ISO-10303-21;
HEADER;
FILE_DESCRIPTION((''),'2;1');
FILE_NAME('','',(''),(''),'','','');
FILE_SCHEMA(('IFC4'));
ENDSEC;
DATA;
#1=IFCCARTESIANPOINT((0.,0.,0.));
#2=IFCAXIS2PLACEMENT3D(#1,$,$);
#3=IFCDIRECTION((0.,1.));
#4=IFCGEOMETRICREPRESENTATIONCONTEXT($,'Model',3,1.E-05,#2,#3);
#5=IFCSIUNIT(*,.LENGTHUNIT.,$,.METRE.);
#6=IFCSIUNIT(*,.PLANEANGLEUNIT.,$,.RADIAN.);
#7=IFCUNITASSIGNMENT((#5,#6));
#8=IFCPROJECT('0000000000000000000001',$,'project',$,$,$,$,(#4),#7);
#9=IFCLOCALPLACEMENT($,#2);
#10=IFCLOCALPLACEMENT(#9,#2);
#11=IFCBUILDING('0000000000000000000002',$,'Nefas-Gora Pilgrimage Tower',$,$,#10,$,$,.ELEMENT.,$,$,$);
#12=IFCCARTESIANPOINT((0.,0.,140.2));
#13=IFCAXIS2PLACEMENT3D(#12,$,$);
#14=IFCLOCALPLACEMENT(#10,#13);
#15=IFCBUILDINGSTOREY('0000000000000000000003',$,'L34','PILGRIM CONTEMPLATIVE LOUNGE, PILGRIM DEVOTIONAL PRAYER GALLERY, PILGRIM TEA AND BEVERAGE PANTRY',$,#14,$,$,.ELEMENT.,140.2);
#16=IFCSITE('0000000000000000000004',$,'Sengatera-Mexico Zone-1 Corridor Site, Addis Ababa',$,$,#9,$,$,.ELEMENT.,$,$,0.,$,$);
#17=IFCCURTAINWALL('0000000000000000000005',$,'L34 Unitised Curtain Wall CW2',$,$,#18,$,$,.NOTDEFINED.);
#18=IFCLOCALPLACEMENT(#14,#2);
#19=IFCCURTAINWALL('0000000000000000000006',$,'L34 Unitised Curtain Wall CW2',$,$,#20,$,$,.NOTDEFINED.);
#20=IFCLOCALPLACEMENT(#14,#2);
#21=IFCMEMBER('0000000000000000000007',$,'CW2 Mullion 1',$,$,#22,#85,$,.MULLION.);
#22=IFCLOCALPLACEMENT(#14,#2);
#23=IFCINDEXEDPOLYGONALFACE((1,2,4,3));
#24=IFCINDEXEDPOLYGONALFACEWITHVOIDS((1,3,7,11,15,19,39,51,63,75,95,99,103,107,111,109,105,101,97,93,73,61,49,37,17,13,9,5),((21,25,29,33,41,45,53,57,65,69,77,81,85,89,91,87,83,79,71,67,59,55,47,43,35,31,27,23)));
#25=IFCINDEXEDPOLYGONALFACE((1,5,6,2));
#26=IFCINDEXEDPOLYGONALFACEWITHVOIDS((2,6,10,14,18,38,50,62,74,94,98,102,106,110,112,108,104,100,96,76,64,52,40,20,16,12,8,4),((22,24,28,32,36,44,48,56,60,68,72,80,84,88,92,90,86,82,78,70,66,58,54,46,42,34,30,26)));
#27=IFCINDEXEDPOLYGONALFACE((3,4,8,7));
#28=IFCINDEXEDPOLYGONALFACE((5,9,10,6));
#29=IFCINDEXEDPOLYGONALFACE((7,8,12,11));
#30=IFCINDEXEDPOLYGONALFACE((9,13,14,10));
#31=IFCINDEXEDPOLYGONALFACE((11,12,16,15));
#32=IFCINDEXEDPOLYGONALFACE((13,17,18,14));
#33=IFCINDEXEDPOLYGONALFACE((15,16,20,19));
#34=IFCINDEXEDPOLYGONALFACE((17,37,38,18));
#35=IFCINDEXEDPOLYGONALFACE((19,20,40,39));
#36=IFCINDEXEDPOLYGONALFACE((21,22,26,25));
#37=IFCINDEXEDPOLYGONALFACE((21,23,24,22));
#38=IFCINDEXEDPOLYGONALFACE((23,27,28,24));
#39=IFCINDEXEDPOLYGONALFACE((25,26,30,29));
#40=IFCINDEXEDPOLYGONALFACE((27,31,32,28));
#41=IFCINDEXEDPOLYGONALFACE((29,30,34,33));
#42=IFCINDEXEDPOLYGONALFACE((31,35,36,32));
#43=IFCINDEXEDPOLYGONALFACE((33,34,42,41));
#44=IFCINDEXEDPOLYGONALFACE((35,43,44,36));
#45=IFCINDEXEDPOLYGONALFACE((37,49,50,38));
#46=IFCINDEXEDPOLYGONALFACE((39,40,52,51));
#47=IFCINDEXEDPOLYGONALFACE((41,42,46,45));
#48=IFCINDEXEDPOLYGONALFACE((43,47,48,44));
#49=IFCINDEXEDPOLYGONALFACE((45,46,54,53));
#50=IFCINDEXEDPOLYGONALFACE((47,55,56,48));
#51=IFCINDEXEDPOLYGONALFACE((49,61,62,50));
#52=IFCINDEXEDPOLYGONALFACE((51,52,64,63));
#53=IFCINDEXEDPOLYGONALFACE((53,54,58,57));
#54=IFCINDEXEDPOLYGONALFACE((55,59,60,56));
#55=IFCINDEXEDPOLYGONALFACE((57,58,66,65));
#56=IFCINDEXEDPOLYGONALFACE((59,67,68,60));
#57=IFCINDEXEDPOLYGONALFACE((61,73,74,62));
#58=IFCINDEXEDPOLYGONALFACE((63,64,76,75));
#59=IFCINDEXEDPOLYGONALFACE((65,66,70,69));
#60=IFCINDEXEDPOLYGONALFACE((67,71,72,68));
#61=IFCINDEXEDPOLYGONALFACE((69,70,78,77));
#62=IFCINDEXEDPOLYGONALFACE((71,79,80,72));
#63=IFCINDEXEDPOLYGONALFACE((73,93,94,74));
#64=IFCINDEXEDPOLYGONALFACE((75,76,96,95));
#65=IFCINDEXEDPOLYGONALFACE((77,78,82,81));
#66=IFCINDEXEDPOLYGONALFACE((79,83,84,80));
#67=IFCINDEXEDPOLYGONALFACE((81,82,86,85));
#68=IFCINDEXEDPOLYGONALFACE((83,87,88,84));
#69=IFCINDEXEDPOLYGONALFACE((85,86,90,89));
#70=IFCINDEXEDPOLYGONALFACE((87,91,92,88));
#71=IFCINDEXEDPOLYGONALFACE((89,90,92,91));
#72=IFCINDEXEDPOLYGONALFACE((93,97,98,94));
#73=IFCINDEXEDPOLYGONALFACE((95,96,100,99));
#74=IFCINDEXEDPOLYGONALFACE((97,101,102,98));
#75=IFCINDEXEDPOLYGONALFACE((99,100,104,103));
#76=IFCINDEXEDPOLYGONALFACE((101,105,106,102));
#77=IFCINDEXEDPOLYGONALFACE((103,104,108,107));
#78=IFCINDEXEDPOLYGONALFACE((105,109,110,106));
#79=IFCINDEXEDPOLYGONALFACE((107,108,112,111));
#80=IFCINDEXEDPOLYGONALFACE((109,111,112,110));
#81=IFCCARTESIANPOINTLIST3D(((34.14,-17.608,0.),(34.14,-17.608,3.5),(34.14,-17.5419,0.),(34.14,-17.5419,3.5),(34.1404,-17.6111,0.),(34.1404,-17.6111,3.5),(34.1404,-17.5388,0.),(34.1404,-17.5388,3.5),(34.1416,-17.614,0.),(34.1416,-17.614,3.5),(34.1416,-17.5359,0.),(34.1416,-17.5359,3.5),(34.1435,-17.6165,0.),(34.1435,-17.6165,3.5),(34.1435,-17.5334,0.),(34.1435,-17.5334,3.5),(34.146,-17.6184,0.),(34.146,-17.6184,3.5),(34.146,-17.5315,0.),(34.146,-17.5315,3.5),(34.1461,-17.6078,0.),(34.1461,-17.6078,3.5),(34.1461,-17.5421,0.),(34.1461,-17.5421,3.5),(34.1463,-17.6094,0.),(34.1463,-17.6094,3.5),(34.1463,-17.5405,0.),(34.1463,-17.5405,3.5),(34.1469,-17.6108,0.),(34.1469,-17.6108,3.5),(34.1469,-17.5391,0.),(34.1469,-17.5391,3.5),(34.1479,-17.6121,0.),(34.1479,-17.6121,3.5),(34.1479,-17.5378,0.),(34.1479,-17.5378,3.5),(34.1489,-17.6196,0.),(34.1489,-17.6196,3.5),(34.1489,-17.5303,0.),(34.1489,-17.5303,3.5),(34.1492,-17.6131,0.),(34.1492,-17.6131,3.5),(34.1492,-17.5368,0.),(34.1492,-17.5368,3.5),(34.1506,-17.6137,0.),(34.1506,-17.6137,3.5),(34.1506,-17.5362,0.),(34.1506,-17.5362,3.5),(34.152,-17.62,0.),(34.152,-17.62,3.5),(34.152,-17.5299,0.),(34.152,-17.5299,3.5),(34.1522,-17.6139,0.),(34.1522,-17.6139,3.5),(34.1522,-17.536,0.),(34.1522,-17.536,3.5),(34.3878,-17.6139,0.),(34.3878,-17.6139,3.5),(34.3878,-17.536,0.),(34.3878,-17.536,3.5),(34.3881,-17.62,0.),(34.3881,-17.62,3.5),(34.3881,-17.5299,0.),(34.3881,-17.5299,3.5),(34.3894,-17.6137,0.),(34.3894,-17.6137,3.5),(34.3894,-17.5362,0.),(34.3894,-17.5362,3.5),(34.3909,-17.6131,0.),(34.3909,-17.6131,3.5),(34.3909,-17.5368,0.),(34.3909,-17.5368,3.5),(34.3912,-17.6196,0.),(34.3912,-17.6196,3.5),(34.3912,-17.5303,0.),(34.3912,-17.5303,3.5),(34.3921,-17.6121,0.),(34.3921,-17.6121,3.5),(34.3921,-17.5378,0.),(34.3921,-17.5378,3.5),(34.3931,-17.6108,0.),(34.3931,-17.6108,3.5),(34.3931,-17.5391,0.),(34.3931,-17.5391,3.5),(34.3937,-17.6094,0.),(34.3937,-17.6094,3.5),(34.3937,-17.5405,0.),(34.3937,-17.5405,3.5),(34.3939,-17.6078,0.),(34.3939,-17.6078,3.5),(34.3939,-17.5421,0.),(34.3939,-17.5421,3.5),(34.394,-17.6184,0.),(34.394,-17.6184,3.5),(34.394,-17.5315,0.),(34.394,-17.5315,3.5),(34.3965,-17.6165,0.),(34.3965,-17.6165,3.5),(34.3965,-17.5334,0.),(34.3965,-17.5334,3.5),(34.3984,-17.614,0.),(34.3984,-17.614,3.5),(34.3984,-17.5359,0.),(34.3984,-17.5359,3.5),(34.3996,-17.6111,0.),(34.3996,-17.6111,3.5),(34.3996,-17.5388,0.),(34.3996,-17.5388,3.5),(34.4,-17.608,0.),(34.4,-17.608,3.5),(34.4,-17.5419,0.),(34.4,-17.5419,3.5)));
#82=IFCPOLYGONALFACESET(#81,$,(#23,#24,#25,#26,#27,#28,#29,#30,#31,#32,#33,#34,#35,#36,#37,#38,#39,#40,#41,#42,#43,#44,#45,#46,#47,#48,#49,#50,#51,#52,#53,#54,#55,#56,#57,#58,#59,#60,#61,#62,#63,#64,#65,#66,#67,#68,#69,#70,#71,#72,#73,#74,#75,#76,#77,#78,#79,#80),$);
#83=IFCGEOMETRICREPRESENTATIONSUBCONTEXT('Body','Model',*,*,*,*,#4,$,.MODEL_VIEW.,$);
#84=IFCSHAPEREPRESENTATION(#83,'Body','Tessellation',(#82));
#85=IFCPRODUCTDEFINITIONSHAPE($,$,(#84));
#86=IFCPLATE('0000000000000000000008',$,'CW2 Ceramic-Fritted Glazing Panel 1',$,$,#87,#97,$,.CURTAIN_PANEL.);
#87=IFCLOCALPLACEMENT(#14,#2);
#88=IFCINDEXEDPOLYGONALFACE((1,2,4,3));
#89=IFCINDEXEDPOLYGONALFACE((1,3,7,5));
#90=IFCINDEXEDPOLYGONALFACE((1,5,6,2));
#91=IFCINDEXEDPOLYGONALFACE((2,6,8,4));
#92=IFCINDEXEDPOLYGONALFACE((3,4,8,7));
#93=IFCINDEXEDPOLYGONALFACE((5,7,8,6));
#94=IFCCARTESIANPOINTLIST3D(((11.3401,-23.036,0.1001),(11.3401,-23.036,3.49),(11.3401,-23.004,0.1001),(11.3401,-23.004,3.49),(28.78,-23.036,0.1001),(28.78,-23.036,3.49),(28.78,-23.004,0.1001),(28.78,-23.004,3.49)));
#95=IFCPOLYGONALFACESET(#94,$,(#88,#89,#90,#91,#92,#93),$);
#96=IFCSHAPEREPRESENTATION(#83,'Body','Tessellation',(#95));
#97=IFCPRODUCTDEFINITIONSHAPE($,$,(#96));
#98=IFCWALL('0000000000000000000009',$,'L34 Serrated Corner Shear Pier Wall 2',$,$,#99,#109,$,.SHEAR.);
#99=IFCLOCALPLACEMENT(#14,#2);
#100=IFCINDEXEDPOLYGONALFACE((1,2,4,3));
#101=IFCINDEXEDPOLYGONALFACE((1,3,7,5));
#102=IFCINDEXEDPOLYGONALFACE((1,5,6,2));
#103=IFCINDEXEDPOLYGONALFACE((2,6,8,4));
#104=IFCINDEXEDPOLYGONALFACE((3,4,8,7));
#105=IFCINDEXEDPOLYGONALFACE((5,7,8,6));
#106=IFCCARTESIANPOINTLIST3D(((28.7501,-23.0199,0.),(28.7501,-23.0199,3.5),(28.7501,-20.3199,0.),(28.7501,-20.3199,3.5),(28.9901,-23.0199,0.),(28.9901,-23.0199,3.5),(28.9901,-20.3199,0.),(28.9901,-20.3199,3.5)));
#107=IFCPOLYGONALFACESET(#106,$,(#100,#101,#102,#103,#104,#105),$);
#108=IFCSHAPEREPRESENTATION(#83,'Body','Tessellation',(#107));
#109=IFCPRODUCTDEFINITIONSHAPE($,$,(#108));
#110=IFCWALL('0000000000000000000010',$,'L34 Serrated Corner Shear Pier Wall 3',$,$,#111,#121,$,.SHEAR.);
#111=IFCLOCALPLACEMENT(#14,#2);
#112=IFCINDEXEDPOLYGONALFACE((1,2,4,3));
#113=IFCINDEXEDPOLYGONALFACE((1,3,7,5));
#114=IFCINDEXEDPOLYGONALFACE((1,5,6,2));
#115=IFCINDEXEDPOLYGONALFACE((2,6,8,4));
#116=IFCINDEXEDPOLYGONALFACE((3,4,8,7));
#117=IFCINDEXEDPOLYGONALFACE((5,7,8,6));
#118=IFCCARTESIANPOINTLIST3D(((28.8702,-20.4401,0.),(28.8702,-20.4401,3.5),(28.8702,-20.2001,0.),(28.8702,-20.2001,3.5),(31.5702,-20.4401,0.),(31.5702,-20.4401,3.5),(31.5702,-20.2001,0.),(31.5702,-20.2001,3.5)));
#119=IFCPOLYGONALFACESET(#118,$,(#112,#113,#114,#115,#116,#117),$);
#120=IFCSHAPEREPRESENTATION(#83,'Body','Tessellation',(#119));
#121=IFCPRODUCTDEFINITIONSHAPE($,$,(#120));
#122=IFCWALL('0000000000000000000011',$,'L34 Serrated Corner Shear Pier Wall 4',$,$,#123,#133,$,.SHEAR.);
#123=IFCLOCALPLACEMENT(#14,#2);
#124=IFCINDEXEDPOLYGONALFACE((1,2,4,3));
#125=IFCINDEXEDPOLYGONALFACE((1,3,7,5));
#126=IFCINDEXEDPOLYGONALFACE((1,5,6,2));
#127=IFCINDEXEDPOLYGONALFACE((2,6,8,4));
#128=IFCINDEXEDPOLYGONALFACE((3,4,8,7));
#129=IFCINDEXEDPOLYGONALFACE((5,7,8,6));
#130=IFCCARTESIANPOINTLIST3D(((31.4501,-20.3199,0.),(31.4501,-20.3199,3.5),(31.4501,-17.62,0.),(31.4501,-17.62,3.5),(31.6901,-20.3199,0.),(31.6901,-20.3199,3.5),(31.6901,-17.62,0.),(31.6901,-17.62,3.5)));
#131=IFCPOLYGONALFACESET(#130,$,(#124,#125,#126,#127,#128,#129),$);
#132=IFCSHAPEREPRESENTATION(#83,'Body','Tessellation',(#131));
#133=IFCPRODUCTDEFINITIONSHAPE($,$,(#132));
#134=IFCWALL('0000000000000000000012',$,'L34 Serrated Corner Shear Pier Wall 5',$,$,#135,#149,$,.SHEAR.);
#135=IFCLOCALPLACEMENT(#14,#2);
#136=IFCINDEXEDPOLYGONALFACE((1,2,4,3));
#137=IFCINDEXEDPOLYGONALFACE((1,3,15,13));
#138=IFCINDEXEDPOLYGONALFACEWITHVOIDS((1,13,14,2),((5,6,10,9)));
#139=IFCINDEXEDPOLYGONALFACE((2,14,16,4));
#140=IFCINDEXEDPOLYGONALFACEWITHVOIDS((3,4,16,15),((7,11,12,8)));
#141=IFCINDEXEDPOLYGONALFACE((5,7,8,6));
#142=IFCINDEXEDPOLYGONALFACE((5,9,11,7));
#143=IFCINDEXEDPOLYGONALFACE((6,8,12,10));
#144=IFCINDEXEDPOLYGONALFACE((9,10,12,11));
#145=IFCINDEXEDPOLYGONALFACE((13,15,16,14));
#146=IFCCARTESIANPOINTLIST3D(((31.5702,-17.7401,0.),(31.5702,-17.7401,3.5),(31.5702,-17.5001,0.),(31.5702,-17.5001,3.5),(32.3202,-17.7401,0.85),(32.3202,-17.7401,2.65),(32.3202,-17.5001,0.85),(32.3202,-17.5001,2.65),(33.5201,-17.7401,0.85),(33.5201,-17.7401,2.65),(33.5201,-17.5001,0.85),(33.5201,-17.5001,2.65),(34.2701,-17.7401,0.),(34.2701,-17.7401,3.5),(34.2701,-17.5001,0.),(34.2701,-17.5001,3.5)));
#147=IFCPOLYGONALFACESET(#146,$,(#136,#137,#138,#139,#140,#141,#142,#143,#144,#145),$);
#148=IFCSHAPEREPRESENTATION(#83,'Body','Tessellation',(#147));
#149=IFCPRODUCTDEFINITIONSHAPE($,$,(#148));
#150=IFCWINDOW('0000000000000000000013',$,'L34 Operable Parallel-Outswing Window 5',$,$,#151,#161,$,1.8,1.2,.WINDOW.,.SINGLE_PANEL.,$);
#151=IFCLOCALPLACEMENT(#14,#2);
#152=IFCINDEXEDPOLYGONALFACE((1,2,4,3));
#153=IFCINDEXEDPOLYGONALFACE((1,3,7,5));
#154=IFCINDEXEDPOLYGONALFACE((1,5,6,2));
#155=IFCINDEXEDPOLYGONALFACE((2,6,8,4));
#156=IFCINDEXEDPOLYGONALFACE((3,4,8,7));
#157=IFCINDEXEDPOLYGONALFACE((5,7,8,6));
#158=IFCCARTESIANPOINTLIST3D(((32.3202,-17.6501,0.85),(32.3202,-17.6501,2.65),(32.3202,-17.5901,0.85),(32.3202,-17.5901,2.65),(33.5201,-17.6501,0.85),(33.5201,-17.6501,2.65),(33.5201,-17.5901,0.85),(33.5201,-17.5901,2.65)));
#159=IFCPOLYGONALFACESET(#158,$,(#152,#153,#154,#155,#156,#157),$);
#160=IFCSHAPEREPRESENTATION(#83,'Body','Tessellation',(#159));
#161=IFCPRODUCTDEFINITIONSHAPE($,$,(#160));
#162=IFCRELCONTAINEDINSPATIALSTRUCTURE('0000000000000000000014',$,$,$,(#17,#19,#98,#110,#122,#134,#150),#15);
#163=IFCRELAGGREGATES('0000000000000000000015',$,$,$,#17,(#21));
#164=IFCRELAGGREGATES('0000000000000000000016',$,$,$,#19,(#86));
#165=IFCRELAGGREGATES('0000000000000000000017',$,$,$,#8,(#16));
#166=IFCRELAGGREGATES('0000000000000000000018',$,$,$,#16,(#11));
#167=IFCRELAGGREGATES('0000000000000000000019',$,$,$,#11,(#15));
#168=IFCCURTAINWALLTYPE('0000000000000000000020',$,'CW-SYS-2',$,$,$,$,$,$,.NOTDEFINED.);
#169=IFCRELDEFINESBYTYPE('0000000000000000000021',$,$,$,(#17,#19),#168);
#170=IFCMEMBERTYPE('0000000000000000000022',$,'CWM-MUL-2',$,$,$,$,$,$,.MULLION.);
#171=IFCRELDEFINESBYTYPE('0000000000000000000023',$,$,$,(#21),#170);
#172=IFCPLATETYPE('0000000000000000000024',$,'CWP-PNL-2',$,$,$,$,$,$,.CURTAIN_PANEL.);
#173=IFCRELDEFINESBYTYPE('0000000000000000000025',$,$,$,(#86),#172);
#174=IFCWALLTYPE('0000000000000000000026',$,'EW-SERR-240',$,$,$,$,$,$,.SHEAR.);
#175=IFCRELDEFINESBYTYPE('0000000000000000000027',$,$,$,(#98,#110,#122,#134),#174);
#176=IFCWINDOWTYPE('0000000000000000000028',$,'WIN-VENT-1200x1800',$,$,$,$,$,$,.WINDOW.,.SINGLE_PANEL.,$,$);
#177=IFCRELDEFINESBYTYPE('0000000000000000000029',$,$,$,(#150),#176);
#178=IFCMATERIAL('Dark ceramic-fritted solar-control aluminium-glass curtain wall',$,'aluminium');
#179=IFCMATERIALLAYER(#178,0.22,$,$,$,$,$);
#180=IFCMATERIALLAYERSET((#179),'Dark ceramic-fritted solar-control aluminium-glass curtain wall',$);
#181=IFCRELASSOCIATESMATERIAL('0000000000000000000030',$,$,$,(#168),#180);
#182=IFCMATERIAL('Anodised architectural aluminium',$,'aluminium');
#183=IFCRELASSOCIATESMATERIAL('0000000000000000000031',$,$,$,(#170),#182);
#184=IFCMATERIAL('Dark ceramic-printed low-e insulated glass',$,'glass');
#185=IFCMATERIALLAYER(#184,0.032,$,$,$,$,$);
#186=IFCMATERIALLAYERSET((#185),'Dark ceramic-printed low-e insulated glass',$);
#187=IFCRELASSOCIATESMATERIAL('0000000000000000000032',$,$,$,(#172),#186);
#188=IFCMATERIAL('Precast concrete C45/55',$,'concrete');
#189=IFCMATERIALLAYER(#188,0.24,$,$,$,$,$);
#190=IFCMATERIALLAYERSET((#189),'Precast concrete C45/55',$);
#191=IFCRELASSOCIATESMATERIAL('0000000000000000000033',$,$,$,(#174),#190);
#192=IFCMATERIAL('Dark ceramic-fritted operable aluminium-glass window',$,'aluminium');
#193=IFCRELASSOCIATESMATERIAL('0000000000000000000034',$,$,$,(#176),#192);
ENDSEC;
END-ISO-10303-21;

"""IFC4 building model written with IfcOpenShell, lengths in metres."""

from ifc_helpers import new_model, si_unit, direction, frame, frame_2d, origin, origin_2d, place, context, subcontext, project, spatial, rectangle, hollow_rectangle, extrude, source, transform, mapped, material, layer, layer_set, material_profile, profile_set, type_object, element, fill, aggregate, save


model = new_model("IFC4")

# Units and contexts
model_context = context("Model", 3, precision=1e-05, world=origin(), true_north=direction((0.0, 1.0)))
body_context = subcontext(model_context, "Body", "Model", "MODEL_VIEW")
ifc_project = project(units=[si_unit("LENGTHUNIT", "METRE"), si_unit("PLANEANGLEUNIT", "RADIAN")], contexts=[model_context])

# Site, building, storey
site_placement = place(None, origin())
site = spatial("IfcSite", under=ifc_project, at=site_placement, Name="Sengatera-Mexico Zone-1 Corridor Site, Addis Ababa", CompositionType="ELEMENT", RefElevation=0.0)
building_placement = place(site_placement, origin())
building = spatial("IfcBuilding", under=site, at=building_placement, Name="Nefas-Gora Pilgrimage Tower", CompositionType="ELEMENT")
storey_placement = place(building_placement, frame((0.0, 0.0, 140.2)))
storey = spatial("IfcBuildingStorey", under=building, at=storey_placement, Name="L34", Description="PILGRIM CONTEMPLATIVE LOUNGE, PILGRIM DEVOTIONAL PRAYER GALLERY, PILGRIM TEA AND BEVERAGE PANTRY", CompositionType="ELEMENT", Elevation=140.2)

# Curtain walls
ifc_material_1 = material(Name="Dark ceramic-fritted solar-control aluminium-glass curtain wall", Category="aluminium")
ifc_layer_1 = layer(ifc_material_1, 0.22)
ifc_layer_set_1 = layer_set([ifc_layer_1], Name="Dark ceramic-fritted solar-control aluminium-glass curtain wall")
curtain_wall_type = type_object("IfcCurtainWallType", Name="CW-SYS-2", PredefinedType="NOTDEFINED", material=ifc_layer_set_1)
curtain_wall_1_placement = place(storey_placement, origin())
curtain_wall_1 = element("IfcCurtainWall", 1, at=curtain_wall_1_placement, inside=storey, type_object=curtain_wall_type, Name="L34 Unitised Curtain Wall CW2", PredefinedType="NOTDEFINED")
ifc_material_2 = material(Name="Anodised architectural aluminium", Category="aluminium")
curtain_wall_2_placement = place(storey_placement, origin())
curtain_wall_2 = element("IfcCurtainWall", 2, at=curtain_wall_2_placement, inside=storey, type_object=curtain_wall_type, Name="L34 Unitised Curtain Wall CW2", PredefinedType="NOTDEFINED")
ifc_material_profile_1 = material_profile(ifc_material_2, hollow_rectangle(XDim=0.0901, YDim=0.26, WallThickness=0.0061, InnerFilletRadius=0.0061, OuterFilletRadius=0.012, at=origin_2d()), Name="ALU MULLION 90x260")
ifc_profile_set_1 = profile_set([ifc_material_profile_1], Name="Anodised architectural aluminium")
member_type_1 = type_object("IfcMemberType", Name="CWM-MUL-2", PredefinedType="MULLION", material=ifc_profile_set_1)
shared_shape_1 = source(origin(), body_context, "Body", "SweptSolid", [
    extrude(hollow_rectangle(XDim=0.0901, YDim=0.26, WallThickness=0.0061, InnerFilletRadius=0.0061, OuterFilletRadius=0.012, at=origin_2d()), origin(), (0.0, 0.0, 1.0), 3.5),
])

# Member
member_1_placement = place(storey_placement, frame((34.27, -17.575, 0.0), z_axis=(0.0, 0.0, 1.0), x_axis=(0.0, 1.0, 0.0)))
member_1 = element("IfcMember", 3, at=member_1_placement, type_object=member_type_1, Name="CW2 Mullion 1", PredefinedType="MULLION", context=body_context, shape_type="MappedRepresentation", body=[
    mapped(shared_shape_1, transform((0.0, 0.0, 0.0), x_axis=(1.0, 0.0, 0.0), y_axis=(0.0, 1.0, 0.0), z_axis=(0.0, 0.0, 1.0), scale=1.0)),
])
aggregate(curtain_wall_1, [member_1])

# Plate
ifc_material_3 = material(Name="Dark ceramic-printed low-e insulated glass", Category="glass")
ifc_layer_2 = layer(ifc_material_3, 0.032)
ifc_layer_set_2 = layer_set([ifc_layer_2], Name="Dark ceramic-printed low-e insulated glass")
plate_type = type_object("IfcPlateType", Name="CWP-PNL-2", PredefinedType="CURTAIN_PANEL", material=ifc_layer_set_2)
shared_shape_2 = source(origin(), body_context, "Body", "SweptSolid", [
    extrude(rectangle(XDim=17.4399, YDim=0.032, at=origin_2d()), origin(), (0.0, 0.0, 1.0), 3.3899),
])
plate_placement = place(storey_placement, frame((20.0601, -23.02, 0.1001), z_axis=(0.0, 0.0, 1.0), x_axis=(1.0, 0.0, 0.0)))
plate = element("IfcPlate", 4, at=plate_placement, type_object=plate_type, Name="CW2 Ceramic-Fritted Glazing Panel 1", PredefinedType="CURTAIN_PANEL", context=body_context, shape_type="MappedRepresentation", body=[
    mapped(shared_shape_2, transform((0.0, 0.0, 0.0), x_axis=(1.0, 0.0, 0.0), y_axis=(0.0, 1.0, 0.0), z_axis=(0.0, 0.0, 1.0), scale=1.0)),
])
aggregate(curtain_wall_2, [plate])

# Walls
ifc_material_4 = material(Name="Precast concrete C45/55", Category="concrete")
ifc_layer_3 = layer(ifc_material_4, 0.24)
ifc_layer_set_3 = layer_set([ifc_layer_3], Name="Precast concrete C45/55")
wall_type = type_object("IfcWallType", Name="EW-SERR-240", PredefinedType="SHEAR", material=ifc_layer_set_3)
shared_shape_3 = source(origin(), body_context, "Body", "SweptSolid", [
    extrude(rectangle(XDim=2.7, YDim=0.24, at=frame_2d((1.3501, 0.0))), origin(), (0.0, 0.0, 1.0), 3.5),
])
for number, where, z_axis, x_axis, name in (
    (5, (28.8701, -23.02, 0.0), (0.0, 0.0, 1.0), (0.0, 1.0, 0.0), "L34 Serrated Corner Shear Pier Wall 2"),
    (6, (28.8701, -20.3201, 0.0), (0.0, 0.0, 1.0), (1.0, 0.0, 0.0), "L34 Serrated Corner Shear Pier Wall 3"),
    (7, (31.5701, -20.3201, 0.0), (0.0, 0.0, 1.0), (0.0, 1.0, 0.0), "L34 Serrated Corner Shear Pier Wall 4"),
):
    element("IfcWall", number, at=place(storey_placement, frame(where, z_axis=z_axis, x_axis=x_axis)), inside=storey, type_object=wall_type, Name=name, PredefinedType="SHEAR", context=body_context, shape_type="MappedRepresentation", body=[
        mapped(shared_shape_3, transform((0.0, 0.0, 0.0), x_axis=(1.0, 0.0, 0.0), y_axis=(0.0, 1.0, 0.0), z_axis=(0.0, 0.0, 1.0), scale=1.0)),
    ])

# Wall, opening, window
wall_placement = place(storey_placement, frame((31.5701, -17.6201, 0.0), z_axis=(0.0, 0.0, 1.0), x_axis=(1.0, 0.0, 0.0)))
wall = element("IfcWall", 8, at=wall_placement, inside=storey, type_object=wall_type, Name="L34 Serrated Corner Shear Pier Wall 5", PredefinedType="SHEAR", context=body_context, shape_type="MappedRepresentation", body=[
    mapped(shared_shape_3, transform((0.0, 0.0, 0.0), x_axis=(1.0, 0.0, 0.0), y_axis=(0.0, 1.0, 0.0), z_axis=(0.0, 0.0, 1.0), scale=1.0)),
])
opening_placement = place(wall_placement, frame((0.75, 0.0, 0.8501)))
opening = element("IfcOpeningElement", 9, at=opening_placement, cuts=wall, PredefinedType="OPENING", context=body_context, shape_type="SweptSolid", body=[
    extrude(rectangle(XDim=1.2, YDim=1.8, at=frame_2d((0.6001, 0.8999))), frame((0.0, 0.1299, 0.0), z_axis=(0.0, -1.0, 0.0), x_axis=(1.0, 0.0, 0.0)), (0.0, 0.0, 1.0), 0.26),
])
ifc_material_5 = material(Name="Dark ceramic-fritted operable aluminium-glass window", Category="aluminium")
window_type = type_object("IfcWindowType", Name="WIN-VENT-1200x1800", PartitioningType="SINGLE_PANEL", PredefinedType="WINDOW", material=ifc_material_5)
shared_shape_4 = source(origin(), body_context, "Body", "SweptSolid", [
    extrude(rectangle(XDim=1.2, YDim=1.8, at=frame_2d((0.6001, 0.8999))), frame((0.0, 0.03, 0.0), z_axis=(0.0, -1.0, 0.0), x_axis=(1.0, 0.0, 0.0)), (0.0, 0.0, 1.0), 0.0601),
])
window_placement = place(opening_placement, origin())
window = element("IfcWindow", 10, at=window_placement, inside=storey, type_object=window_type, Name="L34 Operable Parallel-Outswing Window 5", OverallHeight=1.8, OverallWidth=1.2, PartitioningType="SINGLE_PANEL", PredefinedType="WINDOW", context=body_context, shape_type="MappedRepresentation", body=[
    mapped(shared_shape_4, transform((0.0, 0.0, 0.0), x_axis=(1.0, 0.0, 0.0), y_axis=(0.0, 1.0, 0.0), z_axis=(0.0, 0.0, 1.0), scale=1.0)),
])
fill(opening, window)

save(model, "model.ifc")
